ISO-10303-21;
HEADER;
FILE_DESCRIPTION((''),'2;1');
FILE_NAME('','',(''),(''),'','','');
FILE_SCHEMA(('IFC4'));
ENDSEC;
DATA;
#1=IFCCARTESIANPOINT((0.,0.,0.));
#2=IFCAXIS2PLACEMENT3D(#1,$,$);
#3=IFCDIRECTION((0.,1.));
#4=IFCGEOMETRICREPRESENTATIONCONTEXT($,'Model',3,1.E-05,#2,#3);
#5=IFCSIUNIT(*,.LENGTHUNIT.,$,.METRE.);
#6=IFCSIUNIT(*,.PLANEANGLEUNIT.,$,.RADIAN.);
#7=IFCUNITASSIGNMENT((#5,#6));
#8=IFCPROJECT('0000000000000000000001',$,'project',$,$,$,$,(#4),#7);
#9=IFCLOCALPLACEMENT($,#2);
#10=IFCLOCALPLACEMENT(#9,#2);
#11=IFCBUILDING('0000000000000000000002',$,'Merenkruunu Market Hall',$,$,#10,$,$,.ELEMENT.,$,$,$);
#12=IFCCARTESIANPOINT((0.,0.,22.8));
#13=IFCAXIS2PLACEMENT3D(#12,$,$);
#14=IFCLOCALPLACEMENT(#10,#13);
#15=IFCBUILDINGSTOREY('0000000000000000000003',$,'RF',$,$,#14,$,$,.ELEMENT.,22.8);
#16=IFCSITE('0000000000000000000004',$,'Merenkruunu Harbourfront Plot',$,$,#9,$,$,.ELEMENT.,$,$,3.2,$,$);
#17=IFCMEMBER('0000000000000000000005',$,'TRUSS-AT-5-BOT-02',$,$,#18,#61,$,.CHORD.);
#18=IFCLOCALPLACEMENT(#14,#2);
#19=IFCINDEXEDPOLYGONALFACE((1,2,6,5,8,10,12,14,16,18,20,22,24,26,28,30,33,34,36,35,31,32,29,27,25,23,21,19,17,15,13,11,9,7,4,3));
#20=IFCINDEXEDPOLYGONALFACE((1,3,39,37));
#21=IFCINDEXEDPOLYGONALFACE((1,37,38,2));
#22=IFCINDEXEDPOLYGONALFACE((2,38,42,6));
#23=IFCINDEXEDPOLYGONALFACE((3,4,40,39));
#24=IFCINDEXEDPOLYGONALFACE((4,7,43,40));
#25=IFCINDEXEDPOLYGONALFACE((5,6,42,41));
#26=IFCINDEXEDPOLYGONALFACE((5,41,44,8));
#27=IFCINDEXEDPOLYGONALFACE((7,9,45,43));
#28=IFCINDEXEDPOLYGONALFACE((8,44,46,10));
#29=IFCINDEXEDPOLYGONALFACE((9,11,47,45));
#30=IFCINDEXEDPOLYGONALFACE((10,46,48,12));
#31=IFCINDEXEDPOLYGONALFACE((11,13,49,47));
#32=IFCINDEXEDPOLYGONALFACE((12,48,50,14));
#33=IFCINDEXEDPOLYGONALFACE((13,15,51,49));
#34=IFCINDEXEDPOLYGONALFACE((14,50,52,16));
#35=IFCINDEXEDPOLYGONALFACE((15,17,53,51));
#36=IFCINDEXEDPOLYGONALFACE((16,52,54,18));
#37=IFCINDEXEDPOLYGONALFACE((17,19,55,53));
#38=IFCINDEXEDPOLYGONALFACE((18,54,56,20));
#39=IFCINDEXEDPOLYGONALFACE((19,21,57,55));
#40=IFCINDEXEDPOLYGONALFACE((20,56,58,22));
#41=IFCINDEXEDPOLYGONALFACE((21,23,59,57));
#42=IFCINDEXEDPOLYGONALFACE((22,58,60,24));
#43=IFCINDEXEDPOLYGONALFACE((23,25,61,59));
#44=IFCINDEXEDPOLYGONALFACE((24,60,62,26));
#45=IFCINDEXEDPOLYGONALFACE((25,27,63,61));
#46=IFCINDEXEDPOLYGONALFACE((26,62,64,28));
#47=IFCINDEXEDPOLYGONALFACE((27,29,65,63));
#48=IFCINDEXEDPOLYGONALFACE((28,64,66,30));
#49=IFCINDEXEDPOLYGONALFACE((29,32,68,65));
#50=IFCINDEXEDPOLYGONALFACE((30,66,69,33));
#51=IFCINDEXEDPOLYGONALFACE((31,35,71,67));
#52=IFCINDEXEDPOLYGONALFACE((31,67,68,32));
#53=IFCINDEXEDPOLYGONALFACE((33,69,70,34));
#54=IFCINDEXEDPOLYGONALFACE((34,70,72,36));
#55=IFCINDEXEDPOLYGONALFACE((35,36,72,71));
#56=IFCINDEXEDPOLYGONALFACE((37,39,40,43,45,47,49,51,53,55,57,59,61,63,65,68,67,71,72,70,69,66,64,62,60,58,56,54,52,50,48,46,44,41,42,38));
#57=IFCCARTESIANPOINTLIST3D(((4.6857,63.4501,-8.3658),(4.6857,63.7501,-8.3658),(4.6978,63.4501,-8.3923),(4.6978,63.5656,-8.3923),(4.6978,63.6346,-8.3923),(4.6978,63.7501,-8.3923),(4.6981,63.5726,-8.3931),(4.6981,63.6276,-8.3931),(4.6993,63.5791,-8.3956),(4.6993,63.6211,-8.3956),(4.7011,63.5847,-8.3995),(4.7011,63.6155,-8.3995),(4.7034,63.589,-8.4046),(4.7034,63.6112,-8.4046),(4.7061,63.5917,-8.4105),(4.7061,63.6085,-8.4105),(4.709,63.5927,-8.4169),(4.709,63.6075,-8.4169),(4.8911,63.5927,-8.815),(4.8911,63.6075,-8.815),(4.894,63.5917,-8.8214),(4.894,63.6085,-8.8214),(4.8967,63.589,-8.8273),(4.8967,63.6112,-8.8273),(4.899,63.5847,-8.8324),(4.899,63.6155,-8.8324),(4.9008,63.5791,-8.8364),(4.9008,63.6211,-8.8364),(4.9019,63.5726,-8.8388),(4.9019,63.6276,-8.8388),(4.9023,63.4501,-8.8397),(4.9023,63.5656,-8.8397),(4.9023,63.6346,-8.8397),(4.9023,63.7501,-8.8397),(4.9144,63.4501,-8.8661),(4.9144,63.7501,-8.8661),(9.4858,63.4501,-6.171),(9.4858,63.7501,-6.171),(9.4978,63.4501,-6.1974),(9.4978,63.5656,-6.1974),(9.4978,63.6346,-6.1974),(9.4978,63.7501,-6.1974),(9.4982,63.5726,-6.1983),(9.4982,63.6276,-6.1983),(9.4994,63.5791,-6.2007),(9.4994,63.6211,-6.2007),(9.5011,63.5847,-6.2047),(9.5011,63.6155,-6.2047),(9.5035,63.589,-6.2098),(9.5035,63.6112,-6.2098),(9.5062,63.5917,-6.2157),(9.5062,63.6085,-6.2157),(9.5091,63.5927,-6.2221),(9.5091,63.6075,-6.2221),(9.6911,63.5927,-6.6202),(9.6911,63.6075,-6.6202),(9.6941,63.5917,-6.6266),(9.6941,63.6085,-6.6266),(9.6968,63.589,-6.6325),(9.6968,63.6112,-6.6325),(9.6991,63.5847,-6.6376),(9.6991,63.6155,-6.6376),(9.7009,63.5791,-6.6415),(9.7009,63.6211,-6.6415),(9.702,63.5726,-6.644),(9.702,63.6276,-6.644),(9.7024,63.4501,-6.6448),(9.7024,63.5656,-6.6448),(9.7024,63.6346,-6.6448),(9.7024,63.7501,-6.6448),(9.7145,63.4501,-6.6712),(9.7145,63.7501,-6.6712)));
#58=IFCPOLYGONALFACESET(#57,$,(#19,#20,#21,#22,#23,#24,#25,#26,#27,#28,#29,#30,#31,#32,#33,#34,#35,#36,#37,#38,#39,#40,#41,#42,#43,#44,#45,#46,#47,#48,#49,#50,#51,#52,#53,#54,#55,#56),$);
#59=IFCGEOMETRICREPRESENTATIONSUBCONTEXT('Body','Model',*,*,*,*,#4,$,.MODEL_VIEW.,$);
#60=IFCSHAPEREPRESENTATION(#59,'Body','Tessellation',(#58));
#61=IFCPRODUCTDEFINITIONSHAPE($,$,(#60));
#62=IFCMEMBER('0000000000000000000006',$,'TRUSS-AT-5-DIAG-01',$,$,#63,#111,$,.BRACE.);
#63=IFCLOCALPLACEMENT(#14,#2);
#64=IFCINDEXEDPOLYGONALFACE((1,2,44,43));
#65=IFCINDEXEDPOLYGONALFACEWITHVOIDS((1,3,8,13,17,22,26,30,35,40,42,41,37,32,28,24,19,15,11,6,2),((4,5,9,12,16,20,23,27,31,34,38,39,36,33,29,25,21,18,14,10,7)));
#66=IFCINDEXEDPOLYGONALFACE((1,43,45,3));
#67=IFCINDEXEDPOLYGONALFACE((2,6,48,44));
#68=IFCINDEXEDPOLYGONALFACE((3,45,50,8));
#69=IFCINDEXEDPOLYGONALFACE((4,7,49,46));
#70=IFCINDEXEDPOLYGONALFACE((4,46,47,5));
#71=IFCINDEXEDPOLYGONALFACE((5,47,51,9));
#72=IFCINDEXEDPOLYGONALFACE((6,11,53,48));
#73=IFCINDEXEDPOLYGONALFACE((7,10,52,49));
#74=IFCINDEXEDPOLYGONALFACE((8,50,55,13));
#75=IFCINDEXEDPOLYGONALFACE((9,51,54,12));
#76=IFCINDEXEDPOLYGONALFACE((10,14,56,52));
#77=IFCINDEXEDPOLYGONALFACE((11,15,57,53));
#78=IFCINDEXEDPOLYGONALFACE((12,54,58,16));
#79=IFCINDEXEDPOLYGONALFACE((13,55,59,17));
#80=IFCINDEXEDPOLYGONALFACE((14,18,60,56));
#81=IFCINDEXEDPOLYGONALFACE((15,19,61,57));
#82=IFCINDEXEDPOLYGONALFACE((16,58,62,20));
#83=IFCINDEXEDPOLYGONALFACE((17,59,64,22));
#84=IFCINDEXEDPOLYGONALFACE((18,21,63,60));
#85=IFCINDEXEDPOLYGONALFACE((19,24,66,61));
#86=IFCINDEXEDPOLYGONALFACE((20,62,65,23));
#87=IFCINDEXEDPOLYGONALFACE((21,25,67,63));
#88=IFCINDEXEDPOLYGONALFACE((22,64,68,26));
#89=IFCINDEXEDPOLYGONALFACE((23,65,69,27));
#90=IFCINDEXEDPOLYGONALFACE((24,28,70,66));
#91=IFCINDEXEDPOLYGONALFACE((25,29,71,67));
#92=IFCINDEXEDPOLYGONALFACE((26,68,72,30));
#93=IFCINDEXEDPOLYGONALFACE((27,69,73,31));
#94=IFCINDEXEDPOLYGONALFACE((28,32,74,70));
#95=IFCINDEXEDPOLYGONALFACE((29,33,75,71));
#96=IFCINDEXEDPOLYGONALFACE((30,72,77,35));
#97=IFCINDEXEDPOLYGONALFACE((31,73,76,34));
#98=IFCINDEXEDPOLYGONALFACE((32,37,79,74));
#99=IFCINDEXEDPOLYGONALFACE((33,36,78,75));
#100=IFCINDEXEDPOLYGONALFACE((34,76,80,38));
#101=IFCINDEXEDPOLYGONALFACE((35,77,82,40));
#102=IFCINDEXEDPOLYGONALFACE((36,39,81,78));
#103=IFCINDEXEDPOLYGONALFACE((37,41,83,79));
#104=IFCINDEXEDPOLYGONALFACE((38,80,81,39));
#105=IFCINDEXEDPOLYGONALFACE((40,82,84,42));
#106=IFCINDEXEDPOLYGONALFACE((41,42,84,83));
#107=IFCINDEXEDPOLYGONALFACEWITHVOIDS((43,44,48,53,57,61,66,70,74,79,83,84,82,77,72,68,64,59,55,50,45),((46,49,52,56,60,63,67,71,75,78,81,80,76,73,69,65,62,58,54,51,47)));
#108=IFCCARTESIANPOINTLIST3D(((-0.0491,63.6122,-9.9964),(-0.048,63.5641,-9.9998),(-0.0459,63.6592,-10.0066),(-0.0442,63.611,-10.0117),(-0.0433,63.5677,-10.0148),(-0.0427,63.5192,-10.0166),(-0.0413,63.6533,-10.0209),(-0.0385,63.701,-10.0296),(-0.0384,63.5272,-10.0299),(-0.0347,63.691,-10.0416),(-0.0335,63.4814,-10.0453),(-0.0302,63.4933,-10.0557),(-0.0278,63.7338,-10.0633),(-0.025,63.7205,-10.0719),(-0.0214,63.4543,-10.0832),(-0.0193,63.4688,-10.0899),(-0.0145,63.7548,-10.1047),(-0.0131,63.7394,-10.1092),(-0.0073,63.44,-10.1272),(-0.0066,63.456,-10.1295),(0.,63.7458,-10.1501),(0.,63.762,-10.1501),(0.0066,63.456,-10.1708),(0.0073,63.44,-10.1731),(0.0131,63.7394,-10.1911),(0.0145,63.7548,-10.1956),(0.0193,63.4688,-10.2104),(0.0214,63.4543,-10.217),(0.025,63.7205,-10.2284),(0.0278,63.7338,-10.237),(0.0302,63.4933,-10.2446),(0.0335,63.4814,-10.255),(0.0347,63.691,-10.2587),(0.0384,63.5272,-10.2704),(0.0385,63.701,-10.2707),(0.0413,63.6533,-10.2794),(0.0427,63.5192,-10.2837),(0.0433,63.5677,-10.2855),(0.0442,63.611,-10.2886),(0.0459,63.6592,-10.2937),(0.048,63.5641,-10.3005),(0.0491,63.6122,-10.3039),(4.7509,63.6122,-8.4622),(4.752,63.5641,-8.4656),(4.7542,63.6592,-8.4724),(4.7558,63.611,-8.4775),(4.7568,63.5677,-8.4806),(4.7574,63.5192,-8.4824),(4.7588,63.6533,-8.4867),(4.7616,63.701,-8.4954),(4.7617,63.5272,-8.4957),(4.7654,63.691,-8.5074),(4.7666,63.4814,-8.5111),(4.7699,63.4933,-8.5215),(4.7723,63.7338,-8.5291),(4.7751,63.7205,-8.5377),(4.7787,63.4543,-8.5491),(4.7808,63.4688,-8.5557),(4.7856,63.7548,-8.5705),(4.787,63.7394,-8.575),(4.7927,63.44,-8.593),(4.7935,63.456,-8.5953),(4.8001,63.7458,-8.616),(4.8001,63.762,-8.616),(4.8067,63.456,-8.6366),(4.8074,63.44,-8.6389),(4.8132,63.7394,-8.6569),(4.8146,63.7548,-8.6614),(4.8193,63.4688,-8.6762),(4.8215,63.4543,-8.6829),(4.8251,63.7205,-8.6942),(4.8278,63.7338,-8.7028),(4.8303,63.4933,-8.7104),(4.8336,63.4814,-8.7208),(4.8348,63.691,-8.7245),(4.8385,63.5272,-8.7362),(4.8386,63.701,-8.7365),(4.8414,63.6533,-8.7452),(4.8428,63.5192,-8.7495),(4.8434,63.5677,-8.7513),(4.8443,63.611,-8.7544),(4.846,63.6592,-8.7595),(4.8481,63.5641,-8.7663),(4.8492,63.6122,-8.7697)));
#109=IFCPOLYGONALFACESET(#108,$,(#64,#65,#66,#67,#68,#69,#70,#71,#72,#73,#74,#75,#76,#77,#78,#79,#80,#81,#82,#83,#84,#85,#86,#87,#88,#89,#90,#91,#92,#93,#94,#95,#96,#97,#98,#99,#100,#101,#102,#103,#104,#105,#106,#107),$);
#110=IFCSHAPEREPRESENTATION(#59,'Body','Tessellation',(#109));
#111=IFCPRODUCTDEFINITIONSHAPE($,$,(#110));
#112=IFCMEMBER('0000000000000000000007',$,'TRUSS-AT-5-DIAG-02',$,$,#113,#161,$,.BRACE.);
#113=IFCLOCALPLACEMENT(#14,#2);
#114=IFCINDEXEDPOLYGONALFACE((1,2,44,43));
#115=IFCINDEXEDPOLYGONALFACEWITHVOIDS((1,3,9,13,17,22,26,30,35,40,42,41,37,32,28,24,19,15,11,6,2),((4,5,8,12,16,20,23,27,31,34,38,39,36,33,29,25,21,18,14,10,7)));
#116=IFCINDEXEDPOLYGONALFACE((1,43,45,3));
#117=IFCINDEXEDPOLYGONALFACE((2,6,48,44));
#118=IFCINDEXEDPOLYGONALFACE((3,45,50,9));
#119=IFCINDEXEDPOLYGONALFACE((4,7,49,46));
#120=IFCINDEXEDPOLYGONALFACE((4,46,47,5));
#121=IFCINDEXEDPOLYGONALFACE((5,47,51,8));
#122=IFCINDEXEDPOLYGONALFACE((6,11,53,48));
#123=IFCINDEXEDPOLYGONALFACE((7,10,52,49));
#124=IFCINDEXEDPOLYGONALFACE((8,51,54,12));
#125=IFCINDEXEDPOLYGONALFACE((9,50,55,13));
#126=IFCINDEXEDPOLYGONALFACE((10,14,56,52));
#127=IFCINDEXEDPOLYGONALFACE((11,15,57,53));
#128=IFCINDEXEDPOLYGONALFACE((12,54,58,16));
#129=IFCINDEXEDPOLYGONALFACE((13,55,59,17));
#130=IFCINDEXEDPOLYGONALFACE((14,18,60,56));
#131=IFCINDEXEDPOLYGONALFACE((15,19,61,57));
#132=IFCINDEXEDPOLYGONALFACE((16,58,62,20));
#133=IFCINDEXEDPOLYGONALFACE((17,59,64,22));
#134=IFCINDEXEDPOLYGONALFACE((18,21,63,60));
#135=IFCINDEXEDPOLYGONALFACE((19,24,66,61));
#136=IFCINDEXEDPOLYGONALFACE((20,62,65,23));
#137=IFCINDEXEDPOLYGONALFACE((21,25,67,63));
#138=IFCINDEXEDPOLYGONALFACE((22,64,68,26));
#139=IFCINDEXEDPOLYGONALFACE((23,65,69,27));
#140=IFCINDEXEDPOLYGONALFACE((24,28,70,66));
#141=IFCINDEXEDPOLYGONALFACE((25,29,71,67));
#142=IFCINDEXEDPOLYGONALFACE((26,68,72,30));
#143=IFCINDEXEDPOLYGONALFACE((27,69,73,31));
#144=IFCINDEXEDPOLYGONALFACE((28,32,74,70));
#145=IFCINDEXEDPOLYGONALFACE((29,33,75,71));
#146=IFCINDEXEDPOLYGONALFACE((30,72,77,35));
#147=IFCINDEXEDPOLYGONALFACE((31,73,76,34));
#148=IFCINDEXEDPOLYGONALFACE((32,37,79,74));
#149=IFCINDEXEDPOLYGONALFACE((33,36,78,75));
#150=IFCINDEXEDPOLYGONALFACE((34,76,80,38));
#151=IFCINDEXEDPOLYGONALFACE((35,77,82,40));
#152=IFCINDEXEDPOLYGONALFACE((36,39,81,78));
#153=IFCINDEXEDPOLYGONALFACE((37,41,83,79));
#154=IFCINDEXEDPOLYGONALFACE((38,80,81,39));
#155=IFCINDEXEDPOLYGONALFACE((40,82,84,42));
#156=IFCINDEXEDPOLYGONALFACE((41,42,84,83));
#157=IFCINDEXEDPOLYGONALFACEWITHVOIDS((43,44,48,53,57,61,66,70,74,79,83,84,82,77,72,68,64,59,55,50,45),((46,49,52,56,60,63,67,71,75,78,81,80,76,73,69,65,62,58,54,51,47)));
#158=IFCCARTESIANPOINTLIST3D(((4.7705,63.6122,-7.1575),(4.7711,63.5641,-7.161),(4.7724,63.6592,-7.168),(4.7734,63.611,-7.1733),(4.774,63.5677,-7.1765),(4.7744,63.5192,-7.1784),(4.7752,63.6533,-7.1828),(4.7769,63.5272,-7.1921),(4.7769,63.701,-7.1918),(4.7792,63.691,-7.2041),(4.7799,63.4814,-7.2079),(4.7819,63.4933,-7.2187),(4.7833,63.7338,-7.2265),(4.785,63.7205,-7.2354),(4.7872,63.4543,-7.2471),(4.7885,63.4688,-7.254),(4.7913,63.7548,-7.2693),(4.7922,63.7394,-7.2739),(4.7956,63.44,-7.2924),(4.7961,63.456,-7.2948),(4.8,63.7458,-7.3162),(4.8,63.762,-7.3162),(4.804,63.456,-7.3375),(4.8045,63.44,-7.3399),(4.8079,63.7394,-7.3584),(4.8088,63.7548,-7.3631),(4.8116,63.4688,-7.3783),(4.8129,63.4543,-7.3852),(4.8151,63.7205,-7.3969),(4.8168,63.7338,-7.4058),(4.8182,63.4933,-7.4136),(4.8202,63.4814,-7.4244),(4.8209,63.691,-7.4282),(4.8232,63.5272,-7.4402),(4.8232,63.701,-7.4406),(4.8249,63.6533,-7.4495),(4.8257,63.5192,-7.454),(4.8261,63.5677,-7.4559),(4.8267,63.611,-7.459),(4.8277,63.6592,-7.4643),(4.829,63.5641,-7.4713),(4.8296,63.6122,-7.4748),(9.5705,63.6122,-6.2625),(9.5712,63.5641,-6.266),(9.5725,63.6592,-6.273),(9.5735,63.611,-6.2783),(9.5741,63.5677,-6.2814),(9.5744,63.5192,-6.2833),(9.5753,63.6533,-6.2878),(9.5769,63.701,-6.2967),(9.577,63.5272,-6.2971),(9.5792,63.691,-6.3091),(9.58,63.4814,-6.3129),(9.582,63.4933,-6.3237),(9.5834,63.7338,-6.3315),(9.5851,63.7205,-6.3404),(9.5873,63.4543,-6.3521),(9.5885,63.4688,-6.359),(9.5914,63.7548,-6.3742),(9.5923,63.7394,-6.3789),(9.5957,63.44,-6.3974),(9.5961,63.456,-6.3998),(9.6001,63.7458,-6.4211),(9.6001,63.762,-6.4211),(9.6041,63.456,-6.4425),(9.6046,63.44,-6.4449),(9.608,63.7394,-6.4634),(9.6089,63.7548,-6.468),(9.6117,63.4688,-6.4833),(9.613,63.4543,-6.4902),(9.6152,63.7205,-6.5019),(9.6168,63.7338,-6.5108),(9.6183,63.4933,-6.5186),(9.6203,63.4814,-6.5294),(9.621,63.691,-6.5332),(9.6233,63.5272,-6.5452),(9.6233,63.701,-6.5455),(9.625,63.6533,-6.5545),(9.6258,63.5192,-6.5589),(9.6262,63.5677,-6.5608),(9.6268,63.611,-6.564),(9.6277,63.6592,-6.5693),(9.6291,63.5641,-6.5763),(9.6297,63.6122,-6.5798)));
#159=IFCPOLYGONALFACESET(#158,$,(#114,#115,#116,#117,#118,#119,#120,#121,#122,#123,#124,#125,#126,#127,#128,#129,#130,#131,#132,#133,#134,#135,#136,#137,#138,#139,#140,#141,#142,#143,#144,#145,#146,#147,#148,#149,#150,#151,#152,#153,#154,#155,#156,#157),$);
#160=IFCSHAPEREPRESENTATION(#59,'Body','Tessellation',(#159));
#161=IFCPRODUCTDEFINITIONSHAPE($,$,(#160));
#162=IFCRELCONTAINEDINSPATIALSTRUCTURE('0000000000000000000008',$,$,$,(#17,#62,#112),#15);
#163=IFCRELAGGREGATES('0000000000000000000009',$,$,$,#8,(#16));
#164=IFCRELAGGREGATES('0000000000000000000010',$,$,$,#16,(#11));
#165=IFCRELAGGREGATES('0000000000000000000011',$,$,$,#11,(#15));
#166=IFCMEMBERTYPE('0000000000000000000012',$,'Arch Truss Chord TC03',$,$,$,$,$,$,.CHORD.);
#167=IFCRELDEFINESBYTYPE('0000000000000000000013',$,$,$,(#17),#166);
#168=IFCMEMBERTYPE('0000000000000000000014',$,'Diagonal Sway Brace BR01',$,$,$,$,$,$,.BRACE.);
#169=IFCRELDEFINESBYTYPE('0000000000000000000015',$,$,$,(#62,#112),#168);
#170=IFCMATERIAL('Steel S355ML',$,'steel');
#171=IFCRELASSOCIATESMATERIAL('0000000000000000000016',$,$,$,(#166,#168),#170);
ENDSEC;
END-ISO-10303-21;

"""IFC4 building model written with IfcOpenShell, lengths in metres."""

from ifc_helpers import new_model, si_unit, direction, frame, origin, origin_2d, place, context, subcontext, project, spatial, hollow_circle, i_section, extrude, material, material_profile, profile_set, type_object, element, save


model = new_model("IFC4")

# Units and contexts
model_context = context("Model", 3, precision=1e-05, world=origin(), true_north=direction((0.0, 1.0)))
body_context = subcontext(model_context, "Body", "Model", "MODEL_VIEW")
ifc_project = project(units=[si_unit("LENGTHUNIT", "METRE"), si_unit("PLANEANGLEUNIT", "RADIAN")], contexts=[model_context])

# Site, building, storey
site_placement = place(None, origin())
site = spatial("IfcSite", under=ifc_project, at=site_placement, Name="Merenkruunu Harbourfront Plot", CompositionType="ELEMENT", RefElevation=3.2)
building_placement = place(site_placement, origin())
building = spatial("IfcBuilding", under=site, at=building_placement, Name="Merenkruunu Market Hall", CompositionType="ELEMENT")
storey_placement = place(building_placement, frame((0.0, 0.0, 22.8)))
storey = spatial("IfcBuildingStorey", under=building, at=storey_placement, Name="RF", CompositionType="ELEMENT", Elevation=22.8)

# Members
ifc_material_1 = material(Name="Steel S355ML", Category="steel")
ifc_material_profile_1 = material_profile(ifc_material_1, i_section(OverallWidth=0.3, OverallDepth=0.55, WebThickness=0.0149, FlangeThickness=0.0291, FilletRadius=0.0271, at=origin_2d()), Name="HEB 550")
ifc_profile_set_1 = profile_set([ifc_material_profile_1], Name="Steel S355ML")
member_type_1 = type_object("IfcMemberType", Name="Arch Truss Chord TC03", PredefinedType="CHORD", material=ifc_profile_set_1)
member_1_placement = place(storey_placement, frame((4.8, 63.6001, -8.616), z_axis=(0.909437, 0.0, 0.415841), x_axis=(0.0, 1.0, 0.0)))
element("IfcMember", 1, at=member_1_placement, inside=storey, type_object=member_type_1, Name="TRUSS-AT-5-BOT-02", PredefinedType="CHORD", context=body_context, shape_type="SweptSolid", body=[
    extrude(i_section(OverallWidth=0.3, OverallDepth=0.55, WebThickness=0.0149, FlangeThickness=0.0291, FilletRadius=0.0271, at=origin_2d()), origin(), (0.0, 0.0, 1.0), 5.2781),
])
ifc_material_profile_2 = material_profile(ifc_material_1, hollow_circle(Radius=0.1619, WallThickness=0.0161, at=origin_2d()), Name="CHS 323.9x16")
ifc_profile_set_2 = profile_set([ifc_material_profile_2], Name="Steel S355ML")
member_type_2 = type_object("IfcMemberType", Name="Diagonal Sway Brace BR01", PredefinedType="BRACE", material=ifc_profile_set_2)
member_2_placement = place(storey_placement, frame((0.0, 63.6001, -10.1501), z_axis=(0.95253, 0.0, 0.304445), x_axis=(0.0, 1.0, 0.0)))
element("IfcMember", 2, at=member_2_placement, inside=storey, type_object=member_type_2, Name="TRUSS-AT-5-DIAG-01", PredefinedType="BRACE", context=body_context, shape_type="SweptSolid", body=[
    extrude(hollow_circle(Radius=0.1619, WallThickness=0.0161, at=origin_2d()), origin(), (0.0, 0.0, 1.0), 5.0393),
])
member_3_placement = place(storey_placement, frame((4.8, 63.6001, -7.3162), z_axis=(0.983057, 0.0, 0.183301), x_axis=(0.0, 1.0, 0.0)))
element("IfcMember", 3, at=member_3_placement, inside=storey, type_object=member_type_2, Name="TRUSS-AT-5-DIAG-02", PredefinedType="BRACE", context=body_context, shape_type="SweptSolid", body=[
    extrude(hollow_circle(Radius=0.1619, WallThickness=0.0161, at=origin_2d()), origin(), (0.0, 0.0, 1.0), 4.8828),
])

save(model, "model.ifc")
